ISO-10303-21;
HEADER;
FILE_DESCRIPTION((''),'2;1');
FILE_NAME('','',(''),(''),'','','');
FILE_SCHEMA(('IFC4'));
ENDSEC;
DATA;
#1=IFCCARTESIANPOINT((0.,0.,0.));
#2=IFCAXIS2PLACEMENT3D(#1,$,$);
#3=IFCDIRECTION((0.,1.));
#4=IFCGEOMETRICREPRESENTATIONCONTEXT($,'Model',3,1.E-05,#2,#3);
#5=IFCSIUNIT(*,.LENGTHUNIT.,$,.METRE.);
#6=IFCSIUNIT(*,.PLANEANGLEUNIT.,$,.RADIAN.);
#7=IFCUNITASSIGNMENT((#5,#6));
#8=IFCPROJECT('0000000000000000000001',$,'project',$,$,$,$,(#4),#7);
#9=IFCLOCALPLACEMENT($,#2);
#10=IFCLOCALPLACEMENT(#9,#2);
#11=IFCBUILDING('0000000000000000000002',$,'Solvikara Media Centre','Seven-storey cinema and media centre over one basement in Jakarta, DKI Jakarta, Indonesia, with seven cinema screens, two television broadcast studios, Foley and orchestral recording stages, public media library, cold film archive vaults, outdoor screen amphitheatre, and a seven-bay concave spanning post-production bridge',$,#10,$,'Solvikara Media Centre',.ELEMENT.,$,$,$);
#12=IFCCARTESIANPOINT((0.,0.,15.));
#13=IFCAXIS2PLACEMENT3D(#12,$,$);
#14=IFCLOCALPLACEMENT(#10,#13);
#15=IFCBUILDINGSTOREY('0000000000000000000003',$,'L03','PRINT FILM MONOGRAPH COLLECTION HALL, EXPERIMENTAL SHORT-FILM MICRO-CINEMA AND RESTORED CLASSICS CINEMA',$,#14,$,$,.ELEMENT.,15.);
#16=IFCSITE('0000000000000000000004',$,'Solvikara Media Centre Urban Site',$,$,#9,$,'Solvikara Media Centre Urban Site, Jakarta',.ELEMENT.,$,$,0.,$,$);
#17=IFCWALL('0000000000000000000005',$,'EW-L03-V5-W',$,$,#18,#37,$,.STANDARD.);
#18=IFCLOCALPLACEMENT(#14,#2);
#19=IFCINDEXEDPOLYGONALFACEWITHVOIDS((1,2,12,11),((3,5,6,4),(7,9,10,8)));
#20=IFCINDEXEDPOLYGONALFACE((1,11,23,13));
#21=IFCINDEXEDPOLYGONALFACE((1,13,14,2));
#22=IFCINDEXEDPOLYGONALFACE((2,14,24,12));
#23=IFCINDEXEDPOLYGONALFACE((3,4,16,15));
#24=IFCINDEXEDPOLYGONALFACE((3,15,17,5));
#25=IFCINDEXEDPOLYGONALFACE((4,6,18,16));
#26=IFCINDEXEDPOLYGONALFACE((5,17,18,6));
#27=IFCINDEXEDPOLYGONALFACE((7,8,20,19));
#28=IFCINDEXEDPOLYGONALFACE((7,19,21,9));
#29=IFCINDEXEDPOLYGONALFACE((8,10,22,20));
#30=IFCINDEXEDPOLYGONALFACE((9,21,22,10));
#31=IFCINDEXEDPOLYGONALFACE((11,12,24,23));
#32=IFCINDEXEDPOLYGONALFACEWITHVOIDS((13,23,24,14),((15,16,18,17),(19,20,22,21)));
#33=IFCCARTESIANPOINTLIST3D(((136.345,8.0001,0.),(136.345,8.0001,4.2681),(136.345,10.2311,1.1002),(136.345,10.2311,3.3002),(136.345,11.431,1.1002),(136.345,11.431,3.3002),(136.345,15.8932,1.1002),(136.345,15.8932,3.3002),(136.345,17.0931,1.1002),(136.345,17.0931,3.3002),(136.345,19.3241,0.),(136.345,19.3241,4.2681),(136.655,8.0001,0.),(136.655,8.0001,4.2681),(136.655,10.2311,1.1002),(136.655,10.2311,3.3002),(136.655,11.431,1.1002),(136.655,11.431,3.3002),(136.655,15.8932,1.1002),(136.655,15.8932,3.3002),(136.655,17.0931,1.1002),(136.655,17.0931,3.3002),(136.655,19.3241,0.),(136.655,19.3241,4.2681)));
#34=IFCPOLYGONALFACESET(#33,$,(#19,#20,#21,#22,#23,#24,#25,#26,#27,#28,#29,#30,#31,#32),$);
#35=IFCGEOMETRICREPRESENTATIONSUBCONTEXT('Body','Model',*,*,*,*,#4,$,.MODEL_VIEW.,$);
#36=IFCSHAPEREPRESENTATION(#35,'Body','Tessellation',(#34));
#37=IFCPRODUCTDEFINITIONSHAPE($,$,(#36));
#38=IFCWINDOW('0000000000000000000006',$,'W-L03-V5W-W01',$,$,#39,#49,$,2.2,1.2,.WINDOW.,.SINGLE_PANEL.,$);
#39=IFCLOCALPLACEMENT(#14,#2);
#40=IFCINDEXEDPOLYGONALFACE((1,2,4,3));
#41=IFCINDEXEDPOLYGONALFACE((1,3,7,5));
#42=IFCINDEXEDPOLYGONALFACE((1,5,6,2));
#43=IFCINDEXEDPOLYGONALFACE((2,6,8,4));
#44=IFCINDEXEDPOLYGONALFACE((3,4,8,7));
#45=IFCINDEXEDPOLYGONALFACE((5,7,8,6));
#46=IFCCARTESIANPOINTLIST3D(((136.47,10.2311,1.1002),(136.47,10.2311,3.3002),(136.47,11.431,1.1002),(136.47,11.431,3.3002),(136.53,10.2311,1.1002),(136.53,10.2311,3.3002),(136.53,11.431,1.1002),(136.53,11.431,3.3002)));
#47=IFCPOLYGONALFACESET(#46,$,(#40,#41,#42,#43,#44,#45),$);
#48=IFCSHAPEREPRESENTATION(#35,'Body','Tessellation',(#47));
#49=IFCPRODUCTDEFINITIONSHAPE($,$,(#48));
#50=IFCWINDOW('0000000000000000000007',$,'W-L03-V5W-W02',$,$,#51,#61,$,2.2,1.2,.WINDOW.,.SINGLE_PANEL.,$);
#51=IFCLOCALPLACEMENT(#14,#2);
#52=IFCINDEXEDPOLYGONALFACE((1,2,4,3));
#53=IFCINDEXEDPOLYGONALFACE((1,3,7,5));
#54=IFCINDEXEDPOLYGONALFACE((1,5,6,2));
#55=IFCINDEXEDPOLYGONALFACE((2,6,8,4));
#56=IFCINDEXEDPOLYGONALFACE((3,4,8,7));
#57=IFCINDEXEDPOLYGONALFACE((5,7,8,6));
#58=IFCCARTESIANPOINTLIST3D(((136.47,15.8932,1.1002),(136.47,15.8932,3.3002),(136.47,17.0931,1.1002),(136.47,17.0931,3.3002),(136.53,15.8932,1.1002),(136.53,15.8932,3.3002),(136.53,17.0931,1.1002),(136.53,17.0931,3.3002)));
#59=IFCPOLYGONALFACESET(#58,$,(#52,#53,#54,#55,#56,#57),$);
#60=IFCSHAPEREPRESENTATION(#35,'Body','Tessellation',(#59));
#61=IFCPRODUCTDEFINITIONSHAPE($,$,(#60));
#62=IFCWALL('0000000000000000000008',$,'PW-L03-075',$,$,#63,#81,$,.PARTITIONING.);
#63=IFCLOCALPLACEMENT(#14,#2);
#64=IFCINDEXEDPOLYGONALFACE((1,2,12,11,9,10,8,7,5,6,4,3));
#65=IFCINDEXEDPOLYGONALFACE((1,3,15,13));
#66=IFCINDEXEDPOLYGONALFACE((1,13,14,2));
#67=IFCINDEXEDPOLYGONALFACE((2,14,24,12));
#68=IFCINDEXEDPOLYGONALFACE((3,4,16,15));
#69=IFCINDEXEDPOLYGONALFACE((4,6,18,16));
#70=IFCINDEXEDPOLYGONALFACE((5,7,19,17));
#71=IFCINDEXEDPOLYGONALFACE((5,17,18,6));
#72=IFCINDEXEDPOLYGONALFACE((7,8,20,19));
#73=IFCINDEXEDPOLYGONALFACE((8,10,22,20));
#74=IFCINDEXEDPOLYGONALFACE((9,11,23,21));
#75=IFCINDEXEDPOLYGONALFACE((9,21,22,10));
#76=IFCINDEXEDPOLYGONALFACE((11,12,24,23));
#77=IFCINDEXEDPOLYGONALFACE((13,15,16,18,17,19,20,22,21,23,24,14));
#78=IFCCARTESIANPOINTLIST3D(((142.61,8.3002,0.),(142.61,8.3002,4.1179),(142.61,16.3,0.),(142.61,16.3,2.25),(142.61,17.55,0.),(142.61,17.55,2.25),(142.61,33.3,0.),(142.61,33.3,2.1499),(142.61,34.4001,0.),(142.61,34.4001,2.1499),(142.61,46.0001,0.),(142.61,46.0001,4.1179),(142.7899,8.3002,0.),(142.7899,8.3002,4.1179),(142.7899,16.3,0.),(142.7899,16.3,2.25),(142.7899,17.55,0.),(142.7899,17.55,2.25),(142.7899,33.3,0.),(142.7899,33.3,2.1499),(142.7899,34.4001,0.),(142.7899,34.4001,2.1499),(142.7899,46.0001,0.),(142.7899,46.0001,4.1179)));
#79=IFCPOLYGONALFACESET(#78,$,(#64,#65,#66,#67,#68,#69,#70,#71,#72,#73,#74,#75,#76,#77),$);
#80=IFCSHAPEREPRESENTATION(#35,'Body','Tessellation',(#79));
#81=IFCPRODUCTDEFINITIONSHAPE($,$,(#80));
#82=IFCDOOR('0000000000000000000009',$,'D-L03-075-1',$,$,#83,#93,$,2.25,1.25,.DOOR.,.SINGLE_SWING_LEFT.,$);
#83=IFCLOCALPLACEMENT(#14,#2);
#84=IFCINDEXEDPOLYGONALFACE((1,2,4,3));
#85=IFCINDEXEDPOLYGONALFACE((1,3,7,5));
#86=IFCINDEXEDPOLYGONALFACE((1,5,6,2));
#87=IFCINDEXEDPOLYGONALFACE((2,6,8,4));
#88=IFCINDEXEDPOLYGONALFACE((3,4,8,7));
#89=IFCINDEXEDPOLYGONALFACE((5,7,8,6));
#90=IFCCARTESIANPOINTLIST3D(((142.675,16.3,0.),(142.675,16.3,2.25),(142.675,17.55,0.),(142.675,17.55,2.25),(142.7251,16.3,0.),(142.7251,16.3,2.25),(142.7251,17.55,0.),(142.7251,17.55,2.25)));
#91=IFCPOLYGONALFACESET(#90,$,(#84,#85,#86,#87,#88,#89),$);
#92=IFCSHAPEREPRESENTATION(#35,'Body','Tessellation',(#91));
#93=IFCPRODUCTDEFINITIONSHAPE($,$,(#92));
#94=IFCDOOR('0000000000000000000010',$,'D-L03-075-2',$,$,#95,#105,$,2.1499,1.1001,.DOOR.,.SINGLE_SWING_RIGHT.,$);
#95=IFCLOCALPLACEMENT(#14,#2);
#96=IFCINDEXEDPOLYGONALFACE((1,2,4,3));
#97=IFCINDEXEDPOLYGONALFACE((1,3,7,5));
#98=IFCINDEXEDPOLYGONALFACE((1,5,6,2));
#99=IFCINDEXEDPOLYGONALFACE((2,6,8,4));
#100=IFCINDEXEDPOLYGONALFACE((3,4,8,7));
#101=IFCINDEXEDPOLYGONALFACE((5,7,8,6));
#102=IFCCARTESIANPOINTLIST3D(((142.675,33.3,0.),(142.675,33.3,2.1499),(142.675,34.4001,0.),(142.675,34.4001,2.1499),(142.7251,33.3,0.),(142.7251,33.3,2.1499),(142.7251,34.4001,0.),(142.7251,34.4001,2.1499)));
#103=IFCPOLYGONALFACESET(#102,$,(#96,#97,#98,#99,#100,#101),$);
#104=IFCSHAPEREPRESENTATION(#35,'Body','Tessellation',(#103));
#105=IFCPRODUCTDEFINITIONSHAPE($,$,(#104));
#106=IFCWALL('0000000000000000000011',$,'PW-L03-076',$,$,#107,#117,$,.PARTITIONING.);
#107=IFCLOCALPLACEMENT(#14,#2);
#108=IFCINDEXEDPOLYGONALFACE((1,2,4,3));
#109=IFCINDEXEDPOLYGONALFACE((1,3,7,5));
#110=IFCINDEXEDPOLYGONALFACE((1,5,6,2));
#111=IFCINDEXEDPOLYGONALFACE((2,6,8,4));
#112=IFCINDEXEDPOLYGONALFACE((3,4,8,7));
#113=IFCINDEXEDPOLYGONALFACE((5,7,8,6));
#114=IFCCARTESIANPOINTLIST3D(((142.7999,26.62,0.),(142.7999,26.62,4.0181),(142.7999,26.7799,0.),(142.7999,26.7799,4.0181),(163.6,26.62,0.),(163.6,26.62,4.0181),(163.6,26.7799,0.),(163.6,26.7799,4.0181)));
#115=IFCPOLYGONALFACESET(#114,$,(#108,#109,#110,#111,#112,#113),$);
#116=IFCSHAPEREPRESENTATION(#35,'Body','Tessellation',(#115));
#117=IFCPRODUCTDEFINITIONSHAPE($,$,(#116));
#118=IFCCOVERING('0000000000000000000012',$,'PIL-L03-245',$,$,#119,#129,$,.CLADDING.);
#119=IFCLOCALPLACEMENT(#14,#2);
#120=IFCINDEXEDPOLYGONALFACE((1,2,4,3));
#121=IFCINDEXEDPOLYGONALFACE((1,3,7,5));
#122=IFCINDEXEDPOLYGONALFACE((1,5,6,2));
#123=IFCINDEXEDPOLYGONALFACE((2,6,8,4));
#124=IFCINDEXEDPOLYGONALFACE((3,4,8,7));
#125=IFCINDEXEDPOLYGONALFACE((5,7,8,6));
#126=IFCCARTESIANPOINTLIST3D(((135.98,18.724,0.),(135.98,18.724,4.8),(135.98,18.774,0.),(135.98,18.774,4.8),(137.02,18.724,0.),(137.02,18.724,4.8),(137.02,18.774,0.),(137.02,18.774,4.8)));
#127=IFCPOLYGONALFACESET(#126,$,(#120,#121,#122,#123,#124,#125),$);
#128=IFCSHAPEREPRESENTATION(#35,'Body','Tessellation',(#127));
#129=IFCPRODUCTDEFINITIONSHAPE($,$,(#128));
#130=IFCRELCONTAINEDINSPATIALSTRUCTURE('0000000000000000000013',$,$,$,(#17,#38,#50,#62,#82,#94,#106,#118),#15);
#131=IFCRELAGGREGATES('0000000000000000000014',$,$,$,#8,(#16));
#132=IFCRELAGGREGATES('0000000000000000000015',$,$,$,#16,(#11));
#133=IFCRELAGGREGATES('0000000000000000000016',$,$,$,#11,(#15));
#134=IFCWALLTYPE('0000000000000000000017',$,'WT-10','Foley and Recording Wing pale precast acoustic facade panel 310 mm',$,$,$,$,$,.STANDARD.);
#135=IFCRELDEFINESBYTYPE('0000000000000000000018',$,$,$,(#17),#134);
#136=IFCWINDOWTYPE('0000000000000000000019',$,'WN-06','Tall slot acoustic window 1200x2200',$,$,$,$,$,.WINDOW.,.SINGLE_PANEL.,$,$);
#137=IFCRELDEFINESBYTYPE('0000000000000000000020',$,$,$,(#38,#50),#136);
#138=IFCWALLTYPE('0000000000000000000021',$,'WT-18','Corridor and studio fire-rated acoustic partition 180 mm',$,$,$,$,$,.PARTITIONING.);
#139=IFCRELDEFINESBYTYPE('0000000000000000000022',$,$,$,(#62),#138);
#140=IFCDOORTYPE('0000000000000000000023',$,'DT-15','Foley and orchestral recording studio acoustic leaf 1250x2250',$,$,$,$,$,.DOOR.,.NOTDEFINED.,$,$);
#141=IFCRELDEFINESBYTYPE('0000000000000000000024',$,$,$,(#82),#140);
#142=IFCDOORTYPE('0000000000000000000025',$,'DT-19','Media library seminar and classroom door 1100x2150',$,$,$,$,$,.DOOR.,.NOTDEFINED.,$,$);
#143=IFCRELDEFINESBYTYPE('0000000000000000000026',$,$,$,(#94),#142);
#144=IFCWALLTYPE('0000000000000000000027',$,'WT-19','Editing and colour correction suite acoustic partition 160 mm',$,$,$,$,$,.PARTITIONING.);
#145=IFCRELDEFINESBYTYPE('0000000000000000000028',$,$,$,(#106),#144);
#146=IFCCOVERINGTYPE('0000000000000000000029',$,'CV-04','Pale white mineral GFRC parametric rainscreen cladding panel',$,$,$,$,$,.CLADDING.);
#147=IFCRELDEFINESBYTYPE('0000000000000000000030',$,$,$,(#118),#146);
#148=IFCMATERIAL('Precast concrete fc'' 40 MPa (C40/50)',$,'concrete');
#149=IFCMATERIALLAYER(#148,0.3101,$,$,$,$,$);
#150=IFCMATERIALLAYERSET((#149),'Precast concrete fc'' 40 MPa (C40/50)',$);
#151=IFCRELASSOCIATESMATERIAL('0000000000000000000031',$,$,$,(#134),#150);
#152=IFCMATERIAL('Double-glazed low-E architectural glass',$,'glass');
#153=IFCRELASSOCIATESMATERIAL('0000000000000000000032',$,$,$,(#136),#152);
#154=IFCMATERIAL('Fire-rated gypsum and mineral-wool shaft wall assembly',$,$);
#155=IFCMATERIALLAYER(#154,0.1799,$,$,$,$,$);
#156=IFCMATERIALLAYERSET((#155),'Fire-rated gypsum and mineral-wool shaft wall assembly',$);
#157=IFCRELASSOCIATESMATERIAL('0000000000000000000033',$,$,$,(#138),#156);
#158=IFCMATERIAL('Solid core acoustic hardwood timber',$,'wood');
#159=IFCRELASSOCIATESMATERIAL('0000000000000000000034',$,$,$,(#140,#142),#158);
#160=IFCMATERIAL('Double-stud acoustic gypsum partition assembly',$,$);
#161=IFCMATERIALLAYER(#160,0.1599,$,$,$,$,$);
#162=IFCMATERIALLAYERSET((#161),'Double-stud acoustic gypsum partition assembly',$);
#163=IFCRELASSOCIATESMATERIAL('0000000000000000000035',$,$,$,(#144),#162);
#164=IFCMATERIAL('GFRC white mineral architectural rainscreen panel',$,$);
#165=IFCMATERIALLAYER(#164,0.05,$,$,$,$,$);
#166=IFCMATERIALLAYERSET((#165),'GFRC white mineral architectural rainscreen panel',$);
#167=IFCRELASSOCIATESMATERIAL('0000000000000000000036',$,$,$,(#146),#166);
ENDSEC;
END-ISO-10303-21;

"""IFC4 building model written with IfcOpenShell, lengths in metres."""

from ifc_helpers import new_model, si_unit, direction, frame, frame_2d, origin, origin_2d, place, context, subcontext, project, spatial, rectangle, extrude, material, layer, layer_set, type_object, element, fill, save


model = new_model("IFC4")

# Units and contexts
model_context = context("Model", 3, precision=1e-05, world=origin(), true_north=direction((0.0, 1.0)))
body_context = subcontext(model_context, "Body", "Model", "MODEL_VIEW")
ifc_project = project(units=[si_unit("LENGTHUNIT", "METRE"), si_unit("PLANEANGLEUNIT", "RADIAN")], contexts=[model_context])

# Site, building, storey
site_placement = place(None, origin())
site = spatial("IfcSite", under=ifc_project, at=site_placement, Name="Solvikara Media Centre Urban Site", LongName="Solvikara Media Centre Urban Site, Jakarta", CompositionType="ELEMENT", RefElevation=0.0)
building_placement = place(site_placement, origin())
building = spatial("IfcBuilding", under=site, at=building_placement, Name="Solvikara Media Centre", Description="Seven-storey cinema and media centre over one basement in Jakarta, DKI Jakarta, Indonesia, with seven cinema screens, two television broadcast studios, Foley and orchestral recording stages, public media library, cold film archive vaults, outdoor screen amphitheatre, and a seven-bay concave spanning post-production bridge", LongName="Solvikara Media Centre", CompositionType="ELEMENT")
storey_placement = place(building_placement, frame((0.0, 0.0, 15.0)))
storey = spatial("IfcBuildingStorey", under=building, at=storey_placement, Name="L03", Description="PRINT FILM MONOGRAPH COLLECTION HALL, EXPERIMENTAL SHORT-FILM MICRO-CINEMA AND RESTORED CLASSICS CINEMA", CompositionType="ELEMENT", Elevation=15.0)

# Shared definitions
ifc_material_1 = material(Name="Precast concrete fc' 40 MPa (C40/50)", Category="concrete")
ifc_layer_1 = layer(ifc_material_1, 0.3101)
ifc_layer_set_1 = layer_set([ifc_layer_1], Name="Precast concrete fc' 40 MPa (C40/50)")
wall_type_1 = type_object("IfcWallType", Name="WT-10", Description="Foley and Recording Wing pale precast acoustic facade panel 310 mm", PredefinedType="STANDARD", material=ifc_layer_set_1)
ifc_material_2 = material(Name="Double-glazed low-E architectural glass", Category="glass")

# Wall, openings, windows
wall_1_placement = place(storey_placement, frame((136.5, 8.0, 0.0), z_axis=(0.0, 0.0, 1.0), x_axis=(0.0, 1.0, 0.0)))
wall_1 = element("IfcWall", 1, at=wall_1_placement, inside=storey, type_object=wall_type_1, Name="EW-L03-V5-W", PredefinedType="STANDARD", context=body_context, shape_type="SweptSolid", body=[
    extrude(rectangle(XDim=11.324, YDim=0.3101, at=frame_2d((5.6621, 0.0))), origin(), (0.0, 0.0, 1.0), 4.2681),
])
opening_1_placement = place(wall_1_placement, frame((2.231, 0.0, 1.1001)))
opening_1 = element("IfcOpeningElement", 2, at=opening_1_placement, cuts=wall_1, PredefinedType="OPENING", context=body_context, shape_type="SweptSolid", body=[
    extrude(rectangle(XDim=1.2, YDim=2.2, at=frame_2d((0.6001, 1.1001))), frame((0.0, 0.167, 0.0), z_axis=(0.0, -1.0, 0.0), x_axis=(1.0, 0.0, 0.0)), (0.0, 0.0, 1.0), 0.334),
])
opening_2_placement = place(wall_1_placement, frame((7.8931, 0.0, 1.1001)))
opening_2 = element("IfcOpeningElement", 3, at=opening_2_placement, cuts=wall_1, PredefinedType="OPENING", context=body_context, shape_type="SweptSolid", body=[
    extrude(rectangle(XDim=1.2, YDim=2.2, at=frame_2d((0.6001, 1.1001))), frame((0.0, 0.167, 0.0), z_axis=(0.0, -1.0, 0.0), x_axis=(1.0, 0.0, 0.0)), (0.0, 0.0, 1.0), 0.334),
])
window_type_1 = type_object("IfcWindowType", Name="WN-06", Description="Tall slot acoustic window 1200x2200", PartitioningType="SINGLE_PANEL", PredefinedType="WINDOW", material=ifc_material_2)
window_1_placement = place(opening_1_placement, origin())
window_1 = element("IfcWindow", 4, at=window_1_placement, inside=storey, type_object=window_type_1, Name="W-L03-V5W-W01", OverallHeight=2.2, OverallWidth=1.2, PartitioningType="SINGLE_PANEL", PredefinedType="WINDOW", context=body_context, shape_type="SweptSolid", body=[
    extrude(rectangle(XDim=1.2, YDim=2.2, at=frame_2d((0.6001, 1.1001))), frame((0.0, 0.03, 0.0), z_axis=(0.0, -1.0, 0.0), x_axis=(1.0, 0.0, 0.0)), (0.0, 0.0, 1.0), 0.0601),
])
fill(opening_1, window_1)
window_2_placement = place(opening_2_placement, origin())
window_2 = element("IfcWindow", 5, at=window_2_placement, inside=storey, type_object=window_type_1, Name="W-L03-V5W-W02", OverallHeight=2.2, OverallWidth=1.2, PartitioningType="SINGLE_PANEL", PredefinedType="WINDOW", context=body_context, shape_type="SweptSolid", body=[
    extrude(rectangle(XDim=1.2, YDim=2.2, at=frame_2d((0.6001, 1.1001))), frame((0.0, 0.03, 0.0), z_axis=(0.0, -1.0, 0.0), x_axis=(1.0, 0.0, 0.0)), (0.0, 0.0, 1.0), 0.0601),
])
fill(opening_2, window_2)

# Wall, openings, doors
ifc_material_3 = material(Name="Fire-rated gypsum and mineral-wool shaft wall assembly")
ifc_layer_2 = layer(ifc_material_3, 0.1799)
ifc_layer_set_2 = layer_set([ifc_layer_2], Name="Fire-rated gypsum and mineral-wool shaft wall assembly")
wall_type_2 = type_object("IfcWallType", Name="WT-18", Description="Corridor and studio fire-rated acoustic partition 180 mm", PredefinedType="PARTITIONING", material=ifc_layer_set_2)
wall_2_placement = place(storey_placement, frame((142.7, 8.3, 0.0), z_axis=(0.0, 0.0, 1.0), x_axis=(0.0, 1.0, 0.0)))
wall_2 = element("IfcWall", 6, at=wall_2_placement, inside=storey, type_object=wall_type_2, Name="PW-L03-075", PredefinedType="PARTITIONING", context=body_context, shape_type="SweptSolid", body=[
    extrude(rectangle(XDim=37.7, YDim=0.1799, at=frame_2d((18.8501, 0.0))), origin(), (0.0, 0.0, 1.0), 4.1179),
])
opening_3_placement = place(wall_2_placement, frame((8.0, 0.0, 0.0)))
opening_3 = element("IfcOpeningElement", 7, at=opening_3_placement, cuts=wall_2, PredefinedType="OPENING", context=body_context, shape_type="SweptSolid", body=[
    extrude(rectangle(XDim=1.25, YDim=2.25, at=frame_2d((0.625, 1.125))), frame((0.0, 0.1021, 0.0), z_axis=(0.0, -1.0, 0.0), x_axis=(1.0, 0.0, 0.0)), (0.0, 0.0, 1.0), 0.2039),
])
opening_4_placement = place(wall_2_placement, frame((25.0, 0.0, 0.0)))
opening_4 = element("IfcOpeningElement", 8, at=opening_4_placement, cuts=wall_2, PredefinedType="OPENING", context=body_context, shape_type="SweptSolid", body=[
    extrude(rectangle(XDim=1.1001, YDim=2.1499, at=frame_2d((0.55, 1.075))), frame((0.0, 0.1021, 0.0), z_axis=(0.0, -1.0, 0.0), x_axis=(1.0, 0.0, 0.0)), (0.0, 0.0, 1.0), 0.2039),
])
ifc_material_4 = material(Name="Solid core acoustic hardwood timber", Category="wood")
door_type_1 = type_object("IfcDoorType", Name="DT-15", Description="Foley and orchestral recording studio acoustic leaf 1250x2250", OperationType="NOTDEFINED", PredefinedType="DOOR", material=ifc_material_4)
door_1_placement = place(opening_3_placement, origin())
door_1 = element("IfcDoor", 9, at=door_1_placement, inside=storey, type_object=door_type_1, Name="D-L03-075-1", OperationType="SINGLE_SWING_LEFT", OverallHeight=2.25, OverallWidth=1.25, PredefinedType="DOOR", context=body_context, shape_type="SweptSolid", body=[
    extrude(rectangle(XDim=1.25, YDim=2.25, at=frame_2d((0.625, 1.125))), frame((0.0, 0.0249, 0.0), z_axis=(0.0, -1.0, 0.0), x_axis=(1.0, 0.0, 0.0)), (0.0, 0.0, 1.0), 0.05),
])
fill(opening_3, door_1)
door_type_2 = type_object("IfcDoorType", Name="DT-19", Description="Media library seminar and classroom door 1100x2150", OperationType="NOTDEFINED", PredefinedType="DOOR", material=ifc_material_4)
door_2_placement = place(opening_4_placement, origin())
door_2 = element("IfcDoor", 10, at=door_2_placement, inside=storey, type_object=door_type_2, Name="D-L03-075-2", OperationType="SINGLE_SWING_RIGHT", OverallHeight=2.1499, OverallWidth=1.1001, PredefinedType="DOOR", context=body_context, shape_type="SweptSolid", body=[
    extrude(rectangle(XDim=1.1001, YDim=2.1499, at=frame_2d((0.55, 1.075))), frame((0.0, 0.0249, 0.0), z_axis=(0.0, -1.0, 0.0), x_axis=(1.0, 0.0, 0.0)), (0.0, 0.0, 1.0), 0.05),
])
fill(opening_4, door_2)

# Wall
ifc_material_5 = material(Name="Double-stud acoustic gypsum partition assembly")
ifc_layer_3 = layer(ifc_material_5, 0.1599)
ifc_layer_set_3 = layer_set([ifc_layer_3], Name="Double-stud acoustic gypsum partition assembly")
wall_type_3 = type_object("IfcWallType", Name="WT-19", Description="Editing and colour correction suite acoustic partition 160 mm", PredefinedType="PARTITIONING", material=ifc_layer_set_3)
wall_3_placement = place(storey_placement, frame((142.8, 26.7, 0.0), z_axis=(0.0, 0.0, 1.0), x_axis=(1.0, 0.0, 0.0)))
element("IfcWall", 11, at=wall_3_placement, inside=storey, type_object=wall_type_3, Name="PW-L03-076", PredefinedType="PARTITIONING", context=body_context, shape_type="SweptSolid", body=[
    extrude(rectangle(XDim=20.8, YDim=0.1599, at=frame_2d((10.3999, 0.0))), origin(), (0.0, 0.0, 1.0), 4.0181),
])

# Covering
ifc_material_6 = material(Name="GFRC white mineral architectural rainscreen panel")
ifc_layer_4 = layer(ifc_material_6, 0.05)
ifc_layer_set_4 = layer_set([ifc_layer_4], Name="GFRC white mineral architectural rainscreen panel")
covering_type = type_object("IfcCoveringType", Name="CV-04", Description="Pale white mineral GFRC parametric rainscreen cladding panel", PredefinedType="CLADDING", material=ifc_layer_set_4)
covering_placement = place(storey_placement, frame((136.5, 18.749, 0.0), z_axis=(0.0, 0.0, 1.0), x_axis=(1.0, 0.0, 0.0)))
element("IfcCovering", 12, at=covering_placement, inside=storey, type_object=covering_type, Name="PIL-L03-245", PredefinedType="CLADDING", context=body_context, shape_type="SweptSolid", body=[
    extrude(rectangle(XDim=1.04, YDim=0.05, at=origin_2d()), origin(), (0.0, 0.0, 1.0), 4.8),
])

save(model, "model.ifc")
